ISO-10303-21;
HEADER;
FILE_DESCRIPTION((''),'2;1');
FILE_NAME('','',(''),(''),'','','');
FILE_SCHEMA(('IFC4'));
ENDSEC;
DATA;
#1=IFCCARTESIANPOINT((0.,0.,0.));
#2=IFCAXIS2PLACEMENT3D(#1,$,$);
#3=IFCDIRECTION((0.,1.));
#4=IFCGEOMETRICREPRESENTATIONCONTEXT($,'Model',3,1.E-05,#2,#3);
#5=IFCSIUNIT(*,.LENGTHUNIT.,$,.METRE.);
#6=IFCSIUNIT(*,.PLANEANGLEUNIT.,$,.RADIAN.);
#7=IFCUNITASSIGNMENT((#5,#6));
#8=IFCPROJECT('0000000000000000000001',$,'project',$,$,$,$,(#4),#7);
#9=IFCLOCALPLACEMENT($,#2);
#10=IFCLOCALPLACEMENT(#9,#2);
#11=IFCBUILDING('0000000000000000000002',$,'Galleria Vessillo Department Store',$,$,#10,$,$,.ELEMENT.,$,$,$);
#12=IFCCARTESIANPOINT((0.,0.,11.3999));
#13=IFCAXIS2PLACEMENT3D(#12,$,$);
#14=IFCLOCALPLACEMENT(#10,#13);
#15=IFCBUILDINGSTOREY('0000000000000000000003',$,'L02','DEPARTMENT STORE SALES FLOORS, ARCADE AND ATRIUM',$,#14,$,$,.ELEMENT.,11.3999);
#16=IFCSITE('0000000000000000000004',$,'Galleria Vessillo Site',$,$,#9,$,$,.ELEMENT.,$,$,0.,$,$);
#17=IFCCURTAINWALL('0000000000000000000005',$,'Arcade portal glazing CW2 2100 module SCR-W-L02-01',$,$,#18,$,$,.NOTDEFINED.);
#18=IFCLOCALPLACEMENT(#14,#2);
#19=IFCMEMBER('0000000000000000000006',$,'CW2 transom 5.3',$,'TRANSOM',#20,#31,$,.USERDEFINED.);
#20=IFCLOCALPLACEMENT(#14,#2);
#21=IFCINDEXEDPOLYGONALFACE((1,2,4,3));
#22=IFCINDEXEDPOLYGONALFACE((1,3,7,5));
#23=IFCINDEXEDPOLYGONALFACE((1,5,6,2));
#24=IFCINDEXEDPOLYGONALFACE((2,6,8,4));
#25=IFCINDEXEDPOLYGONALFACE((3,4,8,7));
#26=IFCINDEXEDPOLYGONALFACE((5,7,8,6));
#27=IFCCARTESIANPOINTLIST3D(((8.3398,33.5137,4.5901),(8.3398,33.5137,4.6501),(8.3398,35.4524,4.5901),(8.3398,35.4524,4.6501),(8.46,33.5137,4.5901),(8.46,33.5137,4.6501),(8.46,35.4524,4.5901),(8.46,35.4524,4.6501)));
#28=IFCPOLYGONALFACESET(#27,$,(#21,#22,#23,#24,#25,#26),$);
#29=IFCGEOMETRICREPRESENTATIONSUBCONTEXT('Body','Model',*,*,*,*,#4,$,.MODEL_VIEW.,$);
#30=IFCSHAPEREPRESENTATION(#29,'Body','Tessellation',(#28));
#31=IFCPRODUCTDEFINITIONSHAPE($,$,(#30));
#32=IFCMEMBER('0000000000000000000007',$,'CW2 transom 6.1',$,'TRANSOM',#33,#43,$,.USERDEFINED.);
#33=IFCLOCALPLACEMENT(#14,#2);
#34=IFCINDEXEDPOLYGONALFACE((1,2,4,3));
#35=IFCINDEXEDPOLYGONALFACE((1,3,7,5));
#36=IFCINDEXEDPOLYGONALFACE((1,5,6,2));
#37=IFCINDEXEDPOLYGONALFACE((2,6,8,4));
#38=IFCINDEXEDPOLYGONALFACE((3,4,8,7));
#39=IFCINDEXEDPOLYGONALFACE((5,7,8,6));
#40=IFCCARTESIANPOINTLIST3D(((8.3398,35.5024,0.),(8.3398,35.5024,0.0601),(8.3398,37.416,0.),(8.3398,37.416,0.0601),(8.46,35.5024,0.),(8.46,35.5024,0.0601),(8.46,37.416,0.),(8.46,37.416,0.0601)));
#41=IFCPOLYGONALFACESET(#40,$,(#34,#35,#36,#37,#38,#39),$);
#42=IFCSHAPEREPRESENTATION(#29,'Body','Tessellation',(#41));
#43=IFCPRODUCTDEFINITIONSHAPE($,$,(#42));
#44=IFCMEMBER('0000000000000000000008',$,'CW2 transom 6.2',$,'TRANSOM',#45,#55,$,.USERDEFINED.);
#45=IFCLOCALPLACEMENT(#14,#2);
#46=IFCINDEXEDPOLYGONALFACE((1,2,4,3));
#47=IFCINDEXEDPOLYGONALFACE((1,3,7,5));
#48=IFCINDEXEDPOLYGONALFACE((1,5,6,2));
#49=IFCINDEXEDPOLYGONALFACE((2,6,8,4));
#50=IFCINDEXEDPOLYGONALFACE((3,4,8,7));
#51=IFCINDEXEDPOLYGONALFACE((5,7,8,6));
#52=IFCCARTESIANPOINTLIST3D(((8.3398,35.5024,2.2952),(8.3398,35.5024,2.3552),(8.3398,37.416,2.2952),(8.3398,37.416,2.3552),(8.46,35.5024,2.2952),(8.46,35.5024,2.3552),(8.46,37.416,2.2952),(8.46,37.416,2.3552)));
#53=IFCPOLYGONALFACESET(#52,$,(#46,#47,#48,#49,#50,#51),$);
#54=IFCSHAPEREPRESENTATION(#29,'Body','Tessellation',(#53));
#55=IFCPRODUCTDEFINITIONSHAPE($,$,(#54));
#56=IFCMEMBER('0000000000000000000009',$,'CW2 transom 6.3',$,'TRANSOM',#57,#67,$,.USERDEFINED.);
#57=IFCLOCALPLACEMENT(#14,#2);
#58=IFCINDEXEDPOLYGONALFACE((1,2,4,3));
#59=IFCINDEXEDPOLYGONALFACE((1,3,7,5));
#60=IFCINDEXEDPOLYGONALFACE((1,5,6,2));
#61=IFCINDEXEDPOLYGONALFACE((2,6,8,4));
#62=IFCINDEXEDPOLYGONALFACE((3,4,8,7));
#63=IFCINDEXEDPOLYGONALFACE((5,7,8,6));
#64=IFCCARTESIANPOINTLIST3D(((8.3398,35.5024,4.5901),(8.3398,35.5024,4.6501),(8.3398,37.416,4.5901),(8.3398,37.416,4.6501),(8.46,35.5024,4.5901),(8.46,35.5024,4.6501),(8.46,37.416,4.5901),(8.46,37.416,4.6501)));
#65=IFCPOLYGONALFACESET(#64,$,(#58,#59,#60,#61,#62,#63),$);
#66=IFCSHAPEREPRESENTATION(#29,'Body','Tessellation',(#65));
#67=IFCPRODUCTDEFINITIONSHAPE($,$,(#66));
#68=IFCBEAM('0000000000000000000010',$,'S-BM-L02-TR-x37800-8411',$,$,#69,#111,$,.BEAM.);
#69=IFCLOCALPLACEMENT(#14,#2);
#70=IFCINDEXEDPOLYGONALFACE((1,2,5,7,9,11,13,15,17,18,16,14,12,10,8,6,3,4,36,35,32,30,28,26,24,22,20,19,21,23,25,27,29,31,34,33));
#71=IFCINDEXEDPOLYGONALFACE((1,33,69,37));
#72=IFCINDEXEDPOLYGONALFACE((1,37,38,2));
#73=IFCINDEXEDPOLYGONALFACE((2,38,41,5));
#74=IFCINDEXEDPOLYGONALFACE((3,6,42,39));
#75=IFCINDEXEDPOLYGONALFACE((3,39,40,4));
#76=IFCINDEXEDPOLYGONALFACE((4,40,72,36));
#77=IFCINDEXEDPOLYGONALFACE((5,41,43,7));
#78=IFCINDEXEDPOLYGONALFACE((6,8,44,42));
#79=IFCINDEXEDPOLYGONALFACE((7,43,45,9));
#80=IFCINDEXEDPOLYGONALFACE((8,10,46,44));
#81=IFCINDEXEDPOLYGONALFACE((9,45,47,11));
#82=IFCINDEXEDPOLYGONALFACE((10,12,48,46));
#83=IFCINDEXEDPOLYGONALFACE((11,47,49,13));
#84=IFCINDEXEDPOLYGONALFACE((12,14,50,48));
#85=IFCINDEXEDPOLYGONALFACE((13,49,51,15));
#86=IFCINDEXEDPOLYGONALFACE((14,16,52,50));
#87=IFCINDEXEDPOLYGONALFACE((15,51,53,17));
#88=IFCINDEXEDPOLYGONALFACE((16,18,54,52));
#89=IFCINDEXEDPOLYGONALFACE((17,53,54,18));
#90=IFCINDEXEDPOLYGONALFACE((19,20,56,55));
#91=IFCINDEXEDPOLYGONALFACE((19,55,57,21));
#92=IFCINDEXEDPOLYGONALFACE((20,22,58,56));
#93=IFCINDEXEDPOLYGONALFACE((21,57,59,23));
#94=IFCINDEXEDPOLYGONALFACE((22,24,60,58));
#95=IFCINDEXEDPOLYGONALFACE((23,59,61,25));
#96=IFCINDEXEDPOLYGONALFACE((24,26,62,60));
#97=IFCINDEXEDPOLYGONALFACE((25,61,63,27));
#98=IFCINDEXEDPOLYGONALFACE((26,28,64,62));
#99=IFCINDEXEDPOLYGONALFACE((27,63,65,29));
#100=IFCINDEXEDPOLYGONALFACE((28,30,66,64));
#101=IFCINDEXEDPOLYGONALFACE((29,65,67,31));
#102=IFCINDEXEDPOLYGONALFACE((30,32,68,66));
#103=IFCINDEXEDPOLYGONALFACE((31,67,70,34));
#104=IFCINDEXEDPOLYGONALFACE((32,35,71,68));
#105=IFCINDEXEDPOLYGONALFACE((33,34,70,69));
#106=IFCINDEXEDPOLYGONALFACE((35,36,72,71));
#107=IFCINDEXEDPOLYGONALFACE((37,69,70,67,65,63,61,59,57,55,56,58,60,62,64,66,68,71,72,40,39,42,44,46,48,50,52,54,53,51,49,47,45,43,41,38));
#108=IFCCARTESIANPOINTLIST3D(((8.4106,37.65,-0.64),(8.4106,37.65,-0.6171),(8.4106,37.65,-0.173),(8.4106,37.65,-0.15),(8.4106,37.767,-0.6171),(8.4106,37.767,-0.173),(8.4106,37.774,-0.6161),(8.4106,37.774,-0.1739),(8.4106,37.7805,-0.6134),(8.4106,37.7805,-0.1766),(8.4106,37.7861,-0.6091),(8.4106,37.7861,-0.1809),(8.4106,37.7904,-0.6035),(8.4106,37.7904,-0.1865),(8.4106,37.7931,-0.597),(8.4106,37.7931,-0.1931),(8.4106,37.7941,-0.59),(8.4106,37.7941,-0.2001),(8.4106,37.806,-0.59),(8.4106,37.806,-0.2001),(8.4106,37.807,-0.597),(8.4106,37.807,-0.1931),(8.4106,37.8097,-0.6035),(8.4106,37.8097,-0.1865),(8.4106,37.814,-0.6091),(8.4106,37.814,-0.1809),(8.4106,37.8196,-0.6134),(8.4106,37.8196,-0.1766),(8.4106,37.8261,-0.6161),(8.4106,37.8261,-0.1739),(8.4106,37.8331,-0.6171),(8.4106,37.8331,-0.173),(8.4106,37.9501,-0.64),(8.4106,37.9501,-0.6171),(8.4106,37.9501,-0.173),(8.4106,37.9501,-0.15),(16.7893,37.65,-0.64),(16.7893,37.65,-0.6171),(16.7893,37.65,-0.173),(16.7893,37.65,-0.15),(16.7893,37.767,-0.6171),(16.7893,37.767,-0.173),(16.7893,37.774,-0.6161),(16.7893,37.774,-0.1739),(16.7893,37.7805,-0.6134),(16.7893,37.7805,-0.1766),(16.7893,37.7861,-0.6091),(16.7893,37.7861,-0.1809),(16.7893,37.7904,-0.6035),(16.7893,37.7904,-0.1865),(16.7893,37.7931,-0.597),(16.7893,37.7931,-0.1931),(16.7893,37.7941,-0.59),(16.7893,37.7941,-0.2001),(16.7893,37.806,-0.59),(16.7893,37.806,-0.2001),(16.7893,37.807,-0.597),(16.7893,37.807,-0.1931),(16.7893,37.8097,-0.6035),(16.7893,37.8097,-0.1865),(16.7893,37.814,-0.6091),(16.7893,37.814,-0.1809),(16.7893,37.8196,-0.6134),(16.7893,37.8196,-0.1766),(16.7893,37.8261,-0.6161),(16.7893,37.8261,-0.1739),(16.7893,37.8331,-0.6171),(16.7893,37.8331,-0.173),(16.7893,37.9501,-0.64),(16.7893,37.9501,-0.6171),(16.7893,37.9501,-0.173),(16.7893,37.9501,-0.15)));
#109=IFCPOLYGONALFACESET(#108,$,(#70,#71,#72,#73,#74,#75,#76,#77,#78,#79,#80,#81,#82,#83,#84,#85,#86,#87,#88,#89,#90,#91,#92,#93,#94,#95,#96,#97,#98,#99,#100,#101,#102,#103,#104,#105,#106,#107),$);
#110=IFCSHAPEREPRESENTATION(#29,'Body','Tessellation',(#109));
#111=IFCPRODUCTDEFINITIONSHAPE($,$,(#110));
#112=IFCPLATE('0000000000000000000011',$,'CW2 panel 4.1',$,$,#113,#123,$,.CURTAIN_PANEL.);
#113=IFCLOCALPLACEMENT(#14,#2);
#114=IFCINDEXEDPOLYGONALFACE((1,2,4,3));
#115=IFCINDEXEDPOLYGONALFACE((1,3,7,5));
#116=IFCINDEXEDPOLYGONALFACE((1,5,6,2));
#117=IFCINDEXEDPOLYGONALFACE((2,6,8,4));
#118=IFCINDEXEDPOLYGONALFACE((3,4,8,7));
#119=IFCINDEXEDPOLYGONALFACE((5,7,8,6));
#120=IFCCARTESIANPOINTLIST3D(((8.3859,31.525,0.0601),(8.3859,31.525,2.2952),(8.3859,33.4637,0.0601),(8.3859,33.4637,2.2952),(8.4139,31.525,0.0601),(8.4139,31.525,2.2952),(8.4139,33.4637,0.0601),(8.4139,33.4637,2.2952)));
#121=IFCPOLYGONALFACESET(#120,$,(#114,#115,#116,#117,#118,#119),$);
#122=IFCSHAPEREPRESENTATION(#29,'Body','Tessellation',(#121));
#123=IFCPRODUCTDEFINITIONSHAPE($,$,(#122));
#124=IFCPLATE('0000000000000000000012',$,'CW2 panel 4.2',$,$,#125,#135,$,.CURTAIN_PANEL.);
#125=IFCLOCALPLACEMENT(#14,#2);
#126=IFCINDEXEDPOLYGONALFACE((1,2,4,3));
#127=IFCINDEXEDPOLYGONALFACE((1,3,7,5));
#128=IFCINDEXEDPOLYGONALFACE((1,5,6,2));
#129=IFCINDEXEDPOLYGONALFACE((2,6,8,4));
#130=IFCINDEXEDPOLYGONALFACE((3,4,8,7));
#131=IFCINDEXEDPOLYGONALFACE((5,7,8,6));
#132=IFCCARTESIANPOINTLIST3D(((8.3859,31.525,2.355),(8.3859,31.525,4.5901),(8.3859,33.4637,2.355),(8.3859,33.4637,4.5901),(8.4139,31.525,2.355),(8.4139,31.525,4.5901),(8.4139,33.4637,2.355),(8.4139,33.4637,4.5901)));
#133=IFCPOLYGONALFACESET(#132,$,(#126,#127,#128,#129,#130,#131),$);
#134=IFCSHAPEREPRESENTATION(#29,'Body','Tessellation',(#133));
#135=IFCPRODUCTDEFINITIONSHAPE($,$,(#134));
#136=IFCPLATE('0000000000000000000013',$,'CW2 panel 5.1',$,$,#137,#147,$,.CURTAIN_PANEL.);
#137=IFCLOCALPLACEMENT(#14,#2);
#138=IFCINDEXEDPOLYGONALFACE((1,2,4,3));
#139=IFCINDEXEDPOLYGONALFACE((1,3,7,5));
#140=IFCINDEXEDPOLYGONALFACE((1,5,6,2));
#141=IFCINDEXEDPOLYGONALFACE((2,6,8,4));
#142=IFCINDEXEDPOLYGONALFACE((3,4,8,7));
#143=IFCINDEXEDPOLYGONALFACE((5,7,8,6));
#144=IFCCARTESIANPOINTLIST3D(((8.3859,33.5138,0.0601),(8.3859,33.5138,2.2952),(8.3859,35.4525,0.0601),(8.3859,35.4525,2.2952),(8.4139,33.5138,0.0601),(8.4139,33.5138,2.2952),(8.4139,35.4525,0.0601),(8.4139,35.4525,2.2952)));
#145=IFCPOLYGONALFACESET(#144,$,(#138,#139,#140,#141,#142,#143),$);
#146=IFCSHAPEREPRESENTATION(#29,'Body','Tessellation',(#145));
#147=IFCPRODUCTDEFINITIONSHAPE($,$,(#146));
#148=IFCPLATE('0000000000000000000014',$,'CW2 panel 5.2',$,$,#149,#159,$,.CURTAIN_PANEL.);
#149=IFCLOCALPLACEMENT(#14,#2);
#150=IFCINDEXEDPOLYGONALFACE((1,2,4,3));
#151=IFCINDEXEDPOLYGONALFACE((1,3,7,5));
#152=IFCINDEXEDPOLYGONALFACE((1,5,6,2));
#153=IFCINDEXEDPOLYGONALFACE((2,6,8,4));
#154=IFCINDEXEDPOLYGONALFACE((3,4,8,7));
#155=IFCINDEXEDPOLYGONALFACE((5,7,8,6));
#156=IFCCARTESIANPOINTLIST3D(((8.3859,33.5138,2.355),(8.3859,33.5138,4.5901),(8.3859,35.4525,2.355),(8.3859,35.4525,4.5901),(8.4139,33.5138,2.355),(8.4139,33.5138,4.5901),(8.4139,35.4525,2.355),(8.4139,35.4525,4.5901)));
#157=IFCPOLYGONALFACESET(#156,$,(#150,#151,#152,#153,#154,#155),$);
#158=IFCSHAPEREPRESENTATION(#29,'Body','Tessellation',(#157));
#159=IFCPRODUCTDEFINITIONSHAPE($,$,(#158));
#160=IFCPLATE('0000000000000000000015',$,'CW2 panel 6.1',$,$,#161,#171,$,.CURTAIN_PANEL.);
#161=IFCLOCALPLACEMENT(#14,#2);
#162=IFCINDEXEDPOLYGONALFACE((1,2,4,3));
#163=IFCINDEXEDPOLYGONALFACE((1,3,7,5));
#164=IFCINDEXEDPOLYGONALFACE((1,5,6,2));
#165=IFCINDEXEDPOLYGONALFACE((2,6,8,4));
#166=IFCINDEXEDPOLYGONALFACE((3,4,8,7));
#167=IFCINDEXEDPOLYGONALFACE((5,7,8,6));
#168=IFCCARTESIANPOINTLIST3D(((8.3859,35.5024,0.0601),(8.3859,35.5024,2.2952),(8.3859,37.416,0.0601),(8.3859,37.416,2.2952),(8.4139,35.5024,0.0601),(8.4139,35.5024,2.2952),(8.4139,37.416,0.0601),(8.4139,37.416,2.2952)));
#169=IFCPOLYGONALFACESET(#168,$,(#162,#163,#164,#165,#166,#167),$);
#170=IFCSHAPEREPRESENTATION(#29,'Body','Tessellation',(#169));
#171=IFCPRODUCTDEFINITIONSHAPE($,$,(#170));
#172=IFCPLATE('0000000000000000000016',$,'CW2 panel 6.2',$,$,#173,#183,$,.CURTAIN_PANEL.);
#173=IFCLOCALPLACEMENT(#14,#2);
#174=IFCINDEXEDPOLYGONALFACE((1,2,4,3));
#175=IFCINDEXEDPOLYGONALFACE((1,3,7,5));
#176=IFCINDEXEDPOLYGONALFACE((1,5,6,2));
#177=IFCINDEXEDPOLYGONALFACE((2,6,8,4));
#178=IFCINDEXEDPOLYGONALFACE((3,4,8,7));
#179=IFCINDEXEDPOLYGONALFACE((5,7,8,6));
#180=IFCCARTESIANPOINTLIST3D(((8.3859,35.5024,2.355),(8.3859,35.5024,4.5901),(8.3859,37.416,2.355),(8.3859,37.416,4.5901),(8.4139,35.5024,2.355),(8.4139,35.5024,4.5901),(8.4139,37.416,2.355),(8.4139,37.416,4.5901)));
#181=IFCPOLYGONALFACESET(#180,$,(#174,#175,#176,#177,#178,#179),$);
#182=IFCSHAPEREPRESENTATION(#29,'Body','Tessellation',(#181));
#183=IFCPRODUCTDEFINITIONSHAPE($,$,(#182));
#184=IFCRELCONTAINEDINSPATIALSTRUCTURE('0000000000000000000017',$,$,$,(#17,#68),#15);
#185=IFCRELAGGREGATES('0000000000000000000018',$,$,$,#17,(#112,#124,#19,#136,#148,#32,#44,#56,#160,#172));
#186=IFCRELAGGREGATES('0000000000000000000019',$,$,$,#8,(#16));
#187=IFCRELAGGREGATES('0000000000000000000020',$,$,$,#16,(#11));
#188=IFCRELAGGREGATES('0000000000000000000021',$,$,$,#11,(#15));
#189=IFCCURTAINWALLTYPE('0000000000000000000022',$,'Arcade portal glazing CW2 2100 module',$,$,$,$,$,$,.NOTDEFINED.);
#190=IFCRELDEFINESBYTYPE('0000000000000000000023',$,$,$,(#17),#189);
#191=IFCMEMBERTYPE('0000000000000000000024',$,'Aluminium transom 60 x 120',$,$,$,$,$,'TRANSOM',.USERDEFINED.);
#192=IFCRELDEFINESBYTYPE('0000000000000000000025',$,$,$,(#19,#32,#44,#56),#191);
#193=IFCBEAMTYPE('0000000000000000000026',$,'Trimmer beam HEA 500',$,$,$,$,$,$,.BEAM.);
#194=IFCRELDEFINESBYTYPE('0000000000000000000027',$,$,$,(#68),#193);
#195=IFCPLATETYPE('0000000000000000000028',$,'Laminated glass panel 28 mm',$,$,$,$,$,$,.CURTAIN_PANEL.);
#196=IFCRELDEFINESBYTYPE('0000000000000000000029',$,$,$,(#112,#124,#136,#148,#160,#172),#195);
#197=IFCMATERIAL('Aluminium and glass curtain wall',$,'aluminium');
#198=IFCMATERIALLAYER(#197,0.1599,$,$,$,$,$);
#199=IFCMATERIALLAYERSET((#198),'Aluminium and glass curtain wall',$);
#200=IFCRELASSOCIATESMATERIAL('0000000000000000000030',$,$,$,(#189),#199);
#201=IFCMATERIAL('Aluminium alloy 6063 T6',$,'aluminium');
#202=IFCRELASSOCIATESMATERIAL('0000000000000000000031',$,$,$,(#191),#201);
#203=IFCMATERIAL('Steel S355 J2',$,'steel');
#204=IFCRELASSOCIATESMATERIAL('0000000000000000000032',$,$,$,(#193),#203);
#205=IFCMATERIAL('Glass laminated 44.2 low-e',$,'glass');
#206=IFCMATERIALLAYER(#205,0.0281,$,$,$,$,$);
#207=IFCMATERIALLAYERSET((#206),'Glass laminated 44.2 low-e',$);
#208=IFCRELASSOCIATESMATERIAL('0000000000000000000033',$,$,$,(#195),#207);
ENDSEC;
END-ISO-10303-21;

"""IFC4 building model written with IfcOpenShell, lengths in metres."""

from ifc_helpers import new_model, si_unit, direction, frame, origin, origin_2d, place, context, subcontext, project, spatial, rectangle, i_section, extrude, material, layer, layer_set, material_profile, profile_set, type_object, element, aggregate, save


model = new_model("IFC4")

# Units and contexts
model_context = context("Model", 3, precision=1e-05, world=origin(), true_north=direction((0.0, 1.0)))
body_context = subcontext(model_context, "Body", "Model", "MODEL_VIEW")
ifc_project = project(units=[si_unit("LENGTHUNIT", "METRE"), si_unit("PLANEANGLEUNIT", "RADIAN")], contexts=[model_context])

# Site, building, storey
site_placement = place(None, origin())
site = spatial("IfcSite", under=ifc_project, at=site_placement, Name="Galleria Vessillo Site", CompositionType="ELEMENT", RefElevation=0.0)
building_placement = place(site_placement, origin())
building = spatial("IfcBuilding", under=site, at=building_placement, Name="Galleria Vessillo Department Store", CompositionType="ELEMENT")
storey_placement = place(building_placement, frame((0.0, 0.0, 11.3999)))
storey = spatial("IfcBuildingStorey", under=building, at=storey_placement, Name="L02", Description="DEPARTMENT STORE SALES FLOORS, ARCADE AND ATRIUM", CompositionType="ELEMENT", Elevation=11.3999)

# Curtain wall, members
ifc_material_1 = material(Name="Aluminium and glass curtain wall", Category="aluminium")
ifc_layer_1 = layer(ifc_material_1, 0.1599)
ifc_layer_set_1 = layer_set([ifc_layer_1], Name="Aluminium and glass curtain wall")
curtain_wall_type = type_object("IfcCurtainWallType", Name="Arcade portal glazing CW2 2100 module", PredefinedType="NOTDEFINED", material=ifc_layer_set_1)
curtain_wall_placement = place(storey_placement, origin())
curtain_wall = element("IfcCurtainWall", 1, at=curtain_wall_placement, inside=storey, type_object=curtain_wall_type, Name="Arcade portal glazing CW2 2100 module SCR-W-L02-01", PredefinedType="NOTDEFINED")
ifc_material_2 = material(Name="Aluminium alloy 6063 T6", Category="aluminium")
ifc_material_profile_1 = material_profile(ifc_material_2, rectangle(XDim=0.1201, YDim=0.0601, at=origin_2d()), Name="AL 60x120")
ifc_profile_set_1 = profile_set([ifc_material_profile_1], Name="Aluminium alloy 6063 T6")
member_type_1 = type_object("IfcMemberType", Name="Aluminium transom 60 x 120", ElementType="TRANSOM", PredefinedType="USERDEFINED", material=ifc_profile_set_1)
member_1_placement = place(storey_placement, frame((8.3999, 33.5137, 4.6201), z_axis=(0.0, 1.0, 0.0), x_axis=(-1.0, 0.0, 0.0)))
member_1 = element("IfcMember", 2, at=member_1_placement, type_object=member_type_1, Name="CW2 transom 5.3", ObjectType="TRANSOM", PredefinedType="USERDEFINED", context=body_context, shape_type="SweptSolid", body=[
    extrude(rectangle(XDim=0.1201, YDim=0.0601, at=origin_2d()), origin(), (0.0, 0.0, 1.0), 1.9387),
])
member_2_placement = place(storey_placement, frame((8.3999, 35.5024, 0.03), z_axis=(0.0, 1.0, 0.0), x_axis=(-1.0, 0.0, 0.0)))
member_2 = element("IfcMember", 3, at=member_2_placement, type_object=member_type_1, Name="CW2 transom 6.1", ObjectType="TRANSOM", PredefinedType="USERDEFINED", context=body_context, shape_type="SweptSolid", body=[
    extrude(rectangle(XDim=0.1201, YDim=0.0601, at=origin_2d()), origin(), (0.0, 0.0, 1.0), 1.9136),
])
member_3_placement = place(storey_placement, frame((8.3999, 35.5024, 2.3252), z_axis=(0.0, 1.0, 0.0), x_axis=(-1.0, 0.0, 0.0)))
member_3 = element("IfcMember", 4, at=member_3_placement, type_object=member_type_1, Name="CW2 transom 6.2", ObjectType="TRANSOM", PredefinedType="USERDEFINED", context=body_context, shape_type="SweptSolid", body=[
    extrude(rectangle(XDim=0.1201, YDim=0.0601, at=origin_2d()), origin(), (0.0, 0.0, 1.0), 1.9136),
])
member_4_placement = place(storey_placement, frame((8.3999, 35.5024, 4.6201), z_axis=(0.0, 1.0, 0.0), x_axis=(-1.0, 0.0, 0.0)))
member_4 = element("IfcMember", 5, at=member_4_placement, type_object=member_type_1, Name="CW2 transom 6.3", ObjectType="TRANSOM", PredefinedType="USERDEFINED", context=body_context, shape_type="SweptSolid", body=[
    extrude(rectangle(XDim=0.1201, YDim=0.0601, at=origin_2d()), origin(), (0.0, 0.0, 1.0), 1.9136),
])

# Beam
ifc_material_3 = material(Name="Steel S355 J2", Category="steel")
ifc_material_profile_2 = material_profile(ifc_material_3, i_section(OverallWidth=0.3, OverallDepth=0.49, WebThickness=0.012, FlangeThickness=0.0229, FilletRadius=0.0271, at=origin_2d()), Name="HEA 500")
ifc_profile_set_2 = profile_set([ifc_material_profile_2], Name="Steel S355 J2")
beam_type = type_object("IfcBeamType", Name="Trimmer beam HEA 500", PredefinedType="BEAM", material=ifc_profile_set_2)
beam_placement = place(storey_placement, frame((8.4106, 37.8, -0.395), z_axis=(1.0, 0.0, 0.0), x_axis=(0.0, 1.0, 0.0)))
element("IfcBeam", 6, at=beam_placement, inside=storey, type_object=beam_type, Name="S-BM-L02-TR-x37800-8411", PredefinedType="BEAM", context=body_context, shape_type="SweptSolid", body=[
    extrude(i_section(OverallWidth=0.3, OverallDepth=0.49, WebThickness=0.012, FlangeThickness=0.0229, FilletRadius=0.0271, at=origin_2d()), origin(), (0.0, 0.0, 1.0), 8.3787),
])

# Plates
ifc_material_4 = material(Name="Glass laminated 44.2 low-e", Category="glass")
ifc_layer_2 = layer(ifc_material_4, 0.0281)
ifc_layer_set_2 = layer_set([ifc_layer_2], Name="Glass laminated 44.2 low-e")
plate_type = type_object("IfcPlateType", Name="Laminated glass panel 28 mm", PredefinedType="CURTAIN_PANEL", material=ifc_layer_set_2)
plate_1_placement = place(storey_placement, frame((8.3999, 32.4944, 0.0601), z_axis=(0.0, 0.0, 1.0), x_axis=(0.0, 1.0, 0.0)))
plate_1 = element("IfcPlate", 7, at=plate_1_placement, type_object=plate_type, Name="CW2 panel 4.1", PredefinedType="CURTAIN_PANEL", context=body_context, shape_type="SweptSolid", body=[
    extrude(rectangle(XDim=1.9387, YDim=0.0281, at=origin_2d()), origin(), (0.0, 0.0, 1.0), 2.2351),
])
plate_2_placement = place(storey_placement, frame((8.3999, 32.4944, 2.355), z_axis=(0.0, 0.0, 1.0), x_axis=(0.0, 1.0, 0.0)))
plate_2 = element("IfcPlate", 8, at=plate_2_placement, type_object=plate_type, Name="CW2 panel 4.2", PredefinedType="CURTAIN_PANEL", context=body_context, shape_type="SweptSolid", body=[
    extrude(rectangle(XDim=1.9387, YDim=0.0281, at=origin_2d()), origin(), (0.0, 0.0, 1.0), 2.2351),
])
plate_3_placement = place(storey_placement, frame((8.3999, 34.4832, 0.0601), z_axis=(0.0, 0.0, 1.0), x_axis=(0.0, 1.0, 0.0)))
plate_3 = element("IfcPlate", 9, at=plate_3_placement, type_object=plate_type, Name="CW2 panel 5.1", PredefinedType="CURTAIN_PANEL", context=body_context, shape_type="SweptSolid", body=[
    extrude(rectangle(XDim=1.9387, YDim=0.0281, at=origin_2d()), origin(), (0.0, 0.0, 1.0), 2.2351),
])
plate_4_placement = place(storey_placement, frame((8.3999, 34.4832, 2.355), z_axis=(0.0, 0.0, 1.0), x_axis=(0.0, 1.0, 0.0)))
plate_4 = element("IfcPlate", 10, at=plate_4_placement, type_object=plate_type, Name="CW2 panel 5.2", PredefinedType="CURTAIN_PANEL", context=body_context, shape_type="SweptSolid", body=[
    extrude(rectangle(XDim=1.9387, YDim=0.0281, at=origin_2d()), origin(), (0.0, 0.0, 1.0), 2.2351),
])
plate_5_placement = place(storey_placement, frame((8.3999, 36.4592, 0.0601), z_axis=(0.0, 0.0, 1.0), x_axis=(0.0, 1.0, 0.0)))
plate_5 = element("IfcPlate", 11, at=plate_5_placement, type_object=plate_type, Name="CW2 panel 6.1", PredefinedType="CURTAIN_PANEL", context=body_context, shape_type="SweptSolid", body=[
    extrude(rectangle(XDim=1.9136, YDim=0.0281, at=origin_2d()), origin(), (0.0, 0.0, 1.0), 2.2351),
])
plate_6_placement = place(storey_placement, frame((8.3999, 36.4592, 2.355), z_axis=(0.0, 0.0, 1.0), x_axis=(0.0, 1.0, 0.0)))
plate_6 = element("IfcPlate", 12, at=plate_6_placement, type_object=plate_type, Name="CW2 panel 6.2", PredefinedType="CURTAIN_PANEL", context=body_context, shape_type="SweptSolid", body=[
    extrude(rectangle(XDim=1.9136, YDim=0.0281, at=origin_2d()), origin(), (0.0, 0.0, 1.0), 2.2351),
])
aggregate(curtain_wall, [plate_1, plate_2, member_1, plate_3, plate_4, member_2, member_3, member_4, plate_5, plate_6])

save(model, "model.ifc")
